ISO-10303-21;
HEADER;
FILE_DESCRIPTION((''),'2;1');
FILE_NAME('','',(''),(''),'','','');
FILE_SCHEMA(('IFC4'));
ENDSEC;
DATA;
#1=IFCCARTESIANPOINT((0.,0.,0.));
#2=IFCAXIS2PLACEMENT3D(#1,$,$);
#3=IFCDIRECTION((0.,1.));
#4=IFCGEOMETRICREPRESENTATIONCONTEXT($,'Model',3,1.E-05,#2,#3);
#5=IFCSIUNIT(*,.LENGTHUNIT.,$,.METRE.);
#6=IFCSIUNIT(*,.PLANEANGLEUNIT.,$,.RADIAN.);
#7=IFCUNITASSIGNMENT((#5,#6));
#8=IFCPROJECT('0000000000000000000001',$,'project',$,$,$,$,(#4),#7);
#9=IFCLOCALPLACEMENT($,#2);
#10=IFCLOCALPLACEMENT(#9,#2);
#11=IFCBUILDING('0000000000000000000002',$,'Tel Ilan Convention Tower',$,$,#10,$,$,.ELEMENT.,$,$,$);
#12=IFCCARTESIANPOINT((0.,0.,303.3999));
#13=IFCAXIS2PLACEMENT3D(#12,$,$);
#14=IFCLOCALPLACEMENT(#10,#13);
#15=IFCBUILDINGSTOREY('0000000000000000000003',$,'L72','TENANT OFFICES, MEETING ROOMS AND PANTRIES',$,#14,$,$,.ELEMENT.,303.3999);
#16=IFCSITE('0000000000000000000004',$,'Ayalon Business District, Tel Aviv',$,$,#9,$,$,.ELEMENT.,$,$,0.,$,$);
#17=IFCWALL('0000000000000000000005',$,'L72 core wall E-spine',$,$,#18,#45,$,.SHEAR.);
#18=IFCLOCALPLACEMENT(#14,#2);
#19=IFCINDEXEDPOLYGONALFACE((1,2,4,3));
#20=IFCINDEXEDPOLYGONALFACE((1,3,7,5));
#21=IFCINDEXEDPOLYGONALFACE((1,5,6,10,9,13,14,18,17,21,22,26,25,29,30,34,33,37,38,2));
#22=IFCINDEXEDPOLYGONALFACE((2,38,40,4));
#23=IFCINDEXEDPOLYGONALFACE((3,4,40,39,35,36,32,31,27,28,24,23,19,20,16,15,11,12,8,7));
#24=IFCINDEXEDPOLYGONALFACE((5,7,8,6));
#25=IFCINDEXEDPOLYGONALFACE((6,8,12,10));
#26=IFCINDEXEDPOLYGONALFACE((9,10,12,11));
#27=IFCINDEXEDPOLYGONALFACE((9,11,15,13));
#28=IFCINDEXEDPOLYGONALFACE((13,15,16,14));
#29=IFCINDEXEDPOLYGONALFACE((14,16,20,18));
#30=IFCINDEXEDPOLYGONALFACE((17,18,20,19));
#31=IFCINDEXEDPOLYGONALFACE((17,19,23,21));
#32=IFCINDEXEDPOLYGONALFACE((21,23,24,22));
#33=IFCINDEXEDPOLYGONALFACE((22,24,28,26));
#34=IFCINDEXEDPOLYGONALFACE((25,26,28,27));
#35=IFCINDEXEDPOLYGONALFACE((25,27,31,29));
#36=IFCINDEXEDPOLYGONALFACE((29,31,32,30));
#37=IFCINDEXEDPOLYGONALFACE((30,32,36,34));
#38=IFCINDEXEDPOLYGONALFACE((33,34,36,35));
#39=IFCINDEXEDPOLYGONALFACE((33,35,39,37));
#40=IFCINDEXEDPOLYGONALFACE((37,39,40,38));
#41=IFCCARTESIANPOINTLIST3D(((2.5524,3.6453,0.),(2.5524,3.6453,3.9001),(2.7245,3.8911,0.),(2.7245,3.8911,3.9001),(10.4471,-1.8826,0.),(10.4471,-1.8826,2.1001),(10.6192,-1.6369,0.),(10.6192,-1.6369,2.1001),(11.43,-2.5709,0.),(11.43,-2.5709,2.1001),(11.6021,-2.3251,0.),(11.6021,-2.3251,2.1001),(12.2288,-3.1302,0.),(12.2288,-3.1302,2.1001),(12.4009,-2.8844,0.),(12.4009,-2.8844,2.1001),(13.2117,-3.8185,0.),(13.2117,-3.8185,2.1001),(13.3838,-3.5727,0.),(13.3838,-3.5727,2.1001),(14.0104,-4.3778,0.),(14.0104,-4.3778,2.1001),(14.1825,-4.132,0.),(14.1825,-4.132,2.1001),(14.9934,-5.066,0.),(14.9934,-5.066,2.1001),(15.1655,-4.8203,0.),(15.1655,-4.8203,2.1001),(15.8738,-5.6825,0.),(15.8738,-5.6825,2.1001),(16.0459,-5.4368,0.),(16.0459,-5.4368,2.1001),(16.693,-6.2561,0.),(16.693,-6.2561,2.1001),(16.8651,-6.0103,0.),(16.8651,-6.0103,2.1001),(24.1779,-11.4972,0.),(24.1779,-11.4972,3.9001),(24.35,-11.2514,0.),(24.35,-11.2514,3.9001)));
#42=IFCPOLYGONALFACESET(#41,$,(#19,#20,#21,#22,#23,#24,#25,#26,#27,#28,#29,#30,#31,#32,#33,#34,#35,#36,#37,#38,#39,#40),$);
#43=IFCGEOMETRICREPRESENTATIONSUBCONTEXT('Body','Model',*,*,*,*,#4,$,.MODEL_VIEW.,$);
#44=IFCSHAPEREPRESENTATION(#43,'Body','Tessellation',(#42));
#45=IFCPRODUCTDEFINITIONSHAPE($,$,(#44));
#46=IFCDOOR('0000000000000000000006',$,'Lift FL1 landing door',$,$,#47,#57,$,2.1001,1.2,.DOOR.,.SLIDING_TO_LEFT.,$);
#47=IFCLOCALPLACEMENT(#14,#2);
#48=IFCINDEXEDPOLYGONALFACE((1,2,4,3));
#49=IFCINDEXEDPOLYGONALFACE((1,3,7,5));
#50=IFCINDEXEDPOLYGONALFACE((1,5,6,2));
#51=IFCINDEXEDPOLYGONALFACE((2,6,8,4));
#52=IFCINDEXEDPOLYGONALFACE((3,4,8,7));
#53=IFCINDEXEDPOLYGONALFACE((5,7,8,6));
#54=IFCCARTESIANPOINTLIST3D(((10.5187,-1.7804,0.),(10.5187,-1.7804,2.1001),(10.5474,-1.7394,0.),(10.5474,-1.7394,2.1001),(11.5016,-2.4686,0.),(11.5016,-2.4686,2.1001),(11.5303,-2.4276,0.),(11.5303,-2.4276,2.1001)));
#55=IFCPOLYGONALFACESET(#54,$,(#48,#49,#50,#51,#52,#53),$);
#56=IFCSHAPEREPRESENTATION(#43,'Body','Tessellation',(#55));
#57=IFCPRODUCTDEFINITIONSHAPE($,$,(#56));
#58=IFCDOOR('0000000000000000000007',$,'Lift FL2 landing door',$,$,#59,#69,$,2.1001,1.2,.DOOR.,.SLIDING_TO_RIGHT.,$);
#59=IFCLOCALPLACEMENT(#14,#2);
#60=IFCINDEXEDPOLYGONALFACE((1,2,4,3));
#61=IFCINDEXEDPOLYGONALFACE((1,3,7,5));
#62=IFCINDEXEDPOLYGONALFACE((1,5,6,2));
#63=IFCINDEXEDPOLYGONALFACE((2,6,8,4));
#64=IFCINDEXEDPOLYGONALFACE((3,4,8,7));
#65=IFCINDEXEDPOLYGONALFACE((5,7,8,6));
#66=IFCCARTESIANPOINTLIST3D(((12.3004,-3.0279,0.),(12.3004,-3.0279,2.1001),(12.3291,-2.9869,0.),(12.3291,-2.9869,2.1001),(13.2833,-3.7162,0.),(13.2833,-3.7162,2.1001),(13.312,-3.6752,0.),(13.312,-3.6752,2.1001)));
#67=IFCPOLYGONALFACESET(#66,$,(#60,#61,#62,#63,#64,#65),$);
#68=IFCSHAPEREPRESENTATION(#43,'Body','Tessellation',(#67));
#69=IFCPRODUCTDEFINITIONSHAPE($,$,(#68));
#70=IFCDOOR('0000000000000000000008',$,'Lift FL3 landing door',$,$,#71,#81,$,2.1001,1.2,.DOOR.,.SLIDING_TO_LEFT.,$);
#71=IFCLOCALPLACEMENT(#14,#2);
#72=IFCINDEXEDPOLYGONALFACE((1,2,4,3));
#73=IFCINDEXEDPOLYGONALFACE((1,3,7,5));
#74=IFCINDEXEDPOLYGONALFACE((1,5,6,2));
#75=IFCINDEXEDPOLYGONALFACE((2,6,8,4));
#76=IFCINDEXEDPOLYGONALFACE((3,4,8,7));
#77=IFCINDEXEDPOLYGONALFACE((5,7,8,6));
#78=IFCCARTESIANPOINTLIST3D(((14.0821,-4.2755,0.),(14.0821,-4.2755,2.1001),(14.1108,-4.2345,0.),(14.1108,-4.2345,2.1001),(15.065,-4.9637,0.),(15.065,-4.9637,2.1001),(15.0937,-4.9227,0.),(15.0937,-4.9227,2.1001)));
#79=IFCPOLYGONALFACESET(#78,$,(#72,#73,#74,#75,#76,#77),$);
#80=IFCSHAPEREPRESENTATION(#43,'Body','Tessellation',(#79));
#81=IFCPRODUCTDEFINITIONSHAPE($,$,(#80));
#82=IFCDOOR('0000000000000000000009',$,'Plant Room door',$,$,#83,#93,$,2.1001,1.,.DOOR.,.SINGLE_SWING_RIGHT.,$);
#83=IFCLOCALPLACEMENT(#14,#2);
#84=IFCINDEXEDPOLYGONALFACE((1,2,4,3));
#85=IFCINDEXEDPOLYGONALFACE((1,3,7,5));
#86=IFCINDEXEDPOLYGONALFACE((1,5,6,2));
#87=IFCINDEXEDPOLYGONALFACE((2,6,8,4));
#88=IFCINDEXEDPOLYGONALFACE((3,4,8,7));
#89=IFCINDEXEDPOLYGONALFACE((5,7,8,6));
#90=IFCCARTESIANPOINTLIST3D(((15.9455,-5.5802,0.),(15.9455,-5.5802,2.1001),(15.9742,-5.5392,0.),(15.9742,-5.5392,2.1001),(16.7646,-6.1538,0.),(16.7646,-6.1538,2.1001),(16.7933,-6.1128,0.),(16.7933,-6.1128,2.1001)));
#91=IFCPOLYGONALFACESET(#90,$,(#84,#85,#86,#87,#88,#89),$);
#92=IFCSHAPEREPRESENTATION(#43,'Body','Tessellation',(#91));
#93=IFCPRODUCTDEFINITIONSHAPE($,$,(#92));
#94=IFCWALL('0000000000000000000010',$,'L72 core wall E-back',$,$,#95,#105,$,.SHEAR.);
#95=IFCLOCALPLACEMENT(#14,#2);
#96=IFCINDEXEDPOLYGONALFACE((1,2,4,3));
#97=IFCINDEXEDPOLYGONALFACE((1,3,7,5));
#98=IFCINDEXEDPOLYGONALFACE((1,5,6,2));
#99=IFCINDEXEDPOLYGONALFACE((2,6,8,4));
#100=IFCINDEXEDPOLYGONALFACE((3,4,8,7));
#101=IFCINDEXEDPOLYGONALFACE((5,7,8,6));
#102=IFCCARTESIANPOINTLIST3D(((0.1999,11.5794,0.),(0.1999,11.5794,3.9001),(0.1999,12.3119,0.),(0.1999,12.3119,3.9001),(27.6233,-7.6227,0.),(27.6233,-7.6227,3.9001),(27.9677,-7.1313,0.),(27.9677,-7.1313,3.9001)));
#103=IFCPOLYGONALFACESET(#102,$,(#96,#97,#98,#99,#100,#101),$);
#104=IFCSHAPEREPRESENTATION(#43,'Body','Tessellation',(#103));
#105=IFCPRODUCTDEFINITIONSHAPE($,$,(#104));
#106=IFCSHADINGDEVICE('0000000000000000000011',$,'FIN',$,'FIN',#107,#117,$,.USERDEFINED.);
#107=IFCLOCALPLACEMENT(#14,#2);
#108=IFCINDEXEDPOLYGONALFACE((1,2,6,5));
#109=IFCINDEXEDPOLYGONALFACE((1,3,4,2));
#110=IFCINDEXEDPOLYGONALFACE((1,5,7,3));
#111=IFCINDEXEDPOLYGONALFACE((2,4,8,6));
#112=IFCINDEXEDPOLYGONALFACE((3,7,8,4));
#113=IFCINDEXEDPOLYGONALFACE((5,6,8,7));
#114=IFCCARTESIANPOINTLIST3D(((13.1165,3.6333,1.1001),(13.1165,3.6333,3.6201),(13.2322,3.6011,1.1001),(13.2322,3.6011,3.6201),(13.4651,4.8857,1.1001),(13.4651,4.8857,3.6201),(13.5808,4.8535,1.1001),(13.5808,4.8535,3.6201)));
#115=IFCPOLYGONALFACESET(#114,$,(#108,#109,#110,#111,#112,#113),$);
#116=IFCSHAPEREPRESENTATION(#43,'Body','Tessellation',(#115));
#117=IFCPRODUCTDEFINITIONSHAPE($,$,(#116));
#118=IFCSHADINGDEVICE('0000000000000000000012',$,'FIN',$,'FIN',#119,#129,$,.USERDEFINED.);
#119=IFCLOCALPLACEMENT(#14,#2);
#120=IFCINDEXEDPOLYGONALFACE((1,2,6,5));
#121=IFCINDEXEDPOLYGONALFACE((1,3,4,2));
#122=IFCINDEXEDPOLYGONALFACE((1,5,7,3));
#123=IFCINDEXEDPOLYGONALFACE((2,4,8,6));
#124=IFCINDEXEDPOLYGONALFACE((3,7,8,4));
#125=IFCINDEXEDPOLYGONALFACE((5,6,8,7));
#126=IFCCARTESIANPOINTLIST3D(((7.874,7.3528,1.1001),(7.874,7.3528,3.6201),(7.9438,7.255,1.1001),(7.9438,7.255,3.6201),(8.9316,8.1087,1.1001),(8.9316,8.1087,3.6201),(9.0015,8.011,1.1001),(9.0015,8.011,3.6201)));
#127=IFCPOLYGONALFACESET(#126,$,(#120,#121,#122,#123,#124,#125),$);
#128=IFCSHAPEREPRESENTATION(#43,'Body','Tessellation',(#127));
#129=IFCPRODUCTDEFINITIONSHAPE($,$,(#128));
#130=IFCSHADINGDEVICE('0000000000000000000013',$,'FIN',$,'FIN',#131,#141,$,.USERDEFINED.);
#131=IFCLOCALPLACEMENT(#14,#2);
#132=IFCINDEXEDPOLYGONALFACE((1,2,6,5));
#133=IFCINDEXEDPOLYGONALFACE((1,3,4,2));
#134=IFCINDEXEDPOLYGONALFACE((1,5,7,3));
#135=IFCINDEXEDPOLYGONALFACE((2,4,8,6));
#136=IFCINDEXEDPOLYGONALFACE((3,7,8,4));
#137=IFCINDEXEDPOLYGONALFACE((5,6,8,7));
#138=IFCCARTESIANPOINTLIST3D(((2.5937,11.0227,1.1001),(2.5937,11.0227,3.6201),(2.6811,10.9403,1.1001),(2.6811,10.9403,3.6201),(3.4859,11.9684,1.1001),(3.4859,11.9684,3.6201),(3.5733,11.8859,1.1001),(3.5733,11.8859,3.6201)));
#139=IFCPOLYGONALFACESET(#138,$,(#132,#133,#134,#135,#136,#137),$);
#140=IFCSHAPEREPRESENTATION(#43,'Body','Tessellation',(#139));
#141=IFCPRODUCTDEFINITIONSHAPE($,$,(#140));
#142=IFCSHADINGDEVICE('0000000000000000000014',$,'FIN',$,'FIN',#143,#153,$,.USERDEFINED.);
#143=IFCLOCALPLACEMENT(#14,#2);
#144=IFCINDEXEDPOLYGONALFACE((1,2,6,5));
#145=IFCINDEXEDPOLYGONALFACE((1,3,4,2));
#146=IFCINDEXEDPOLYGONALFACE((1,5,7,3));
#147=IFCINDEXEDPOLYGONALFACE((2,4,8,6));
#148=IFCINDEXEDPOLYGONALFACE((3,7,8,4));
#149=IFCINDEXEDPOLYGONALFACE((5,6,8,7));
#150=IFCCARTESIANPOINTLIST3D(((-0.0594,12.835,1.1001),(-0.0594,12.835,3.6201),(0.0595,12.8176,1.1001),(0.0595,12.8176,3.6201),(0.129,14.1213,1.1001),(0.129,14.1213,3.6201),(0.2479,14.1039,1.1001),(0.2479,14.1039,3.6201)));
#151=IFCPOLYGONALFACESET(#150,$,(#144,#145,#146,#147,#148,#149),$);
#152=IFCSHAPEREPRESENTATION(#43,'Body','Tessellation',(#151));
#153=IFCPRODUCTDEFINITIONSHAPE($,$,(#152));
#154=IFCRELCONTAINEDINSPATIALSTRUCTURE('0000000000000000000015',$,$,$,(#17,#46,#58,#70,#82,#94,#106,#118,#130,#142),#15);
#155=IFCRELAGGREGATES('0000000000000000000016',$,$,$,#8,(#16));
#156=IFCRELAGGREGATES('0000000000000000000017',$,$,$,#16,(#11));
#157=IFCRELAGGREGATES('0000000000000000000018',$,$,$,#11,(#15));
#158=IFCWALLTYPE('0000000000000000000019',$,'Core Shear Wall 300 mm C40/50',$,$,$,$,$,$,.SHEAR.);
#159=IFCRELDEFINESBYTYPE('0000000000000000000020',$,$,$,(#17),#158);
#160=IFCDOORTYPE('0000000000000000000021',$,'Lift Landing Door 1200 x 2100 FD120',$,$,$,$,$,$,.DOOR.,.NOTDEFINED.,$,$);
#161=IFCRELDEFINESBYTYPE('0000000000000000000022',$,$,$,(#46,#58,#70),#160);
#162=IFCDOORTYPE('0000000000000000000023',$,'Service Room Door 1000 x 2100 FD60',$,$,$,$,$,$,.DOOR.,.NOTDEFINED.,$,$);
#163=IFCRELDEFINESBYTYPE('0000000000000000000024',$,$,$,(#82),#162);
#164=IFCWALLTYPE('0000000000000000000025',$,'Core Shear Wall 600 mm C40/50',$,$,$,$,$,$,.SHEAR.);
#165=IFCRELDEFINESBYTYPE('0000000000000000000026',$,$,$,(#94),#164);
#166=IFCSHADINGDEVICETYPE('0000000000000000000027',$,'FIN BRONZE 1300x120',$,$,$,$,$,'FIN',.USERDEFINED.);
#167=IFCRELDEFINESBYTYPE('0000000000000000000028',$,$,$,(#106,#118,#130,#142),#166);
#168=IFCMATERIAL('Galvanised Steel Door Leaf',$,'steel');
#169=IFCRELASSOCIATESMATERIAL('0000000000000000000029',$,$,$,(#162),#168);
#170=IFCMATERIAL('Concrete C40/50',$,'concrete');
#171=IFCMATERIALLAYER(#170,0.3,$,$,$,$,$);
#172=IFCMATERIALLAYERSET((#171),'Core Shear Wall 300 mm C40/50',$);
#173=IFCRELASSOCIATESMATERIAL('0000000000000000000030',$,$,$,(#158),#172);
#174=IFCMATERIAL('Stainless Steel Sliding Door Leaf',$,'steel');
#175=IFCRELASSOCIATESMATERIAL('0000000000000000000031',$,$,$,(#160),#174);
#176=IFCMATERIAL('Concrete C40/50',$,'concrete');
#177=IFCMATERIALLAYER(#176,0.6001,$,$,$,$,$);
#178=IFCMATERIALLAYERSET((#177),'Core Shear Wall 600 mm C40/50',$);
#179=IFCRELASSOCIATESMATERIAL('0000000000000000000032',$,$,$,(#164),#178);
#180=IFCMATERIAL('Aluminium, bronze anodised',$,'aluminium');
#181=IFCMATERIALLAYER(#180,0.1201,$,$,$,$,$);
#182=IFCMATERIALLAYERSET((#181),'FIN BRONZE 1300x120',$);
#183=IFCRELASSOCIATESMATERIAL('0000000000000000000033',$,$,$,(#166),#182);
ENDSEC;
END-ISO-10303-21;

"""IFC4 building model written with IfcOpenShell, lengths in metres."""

from ifc_helpers import new_model, si_unit, direction, frame, frame_2d, origin, origin_2d, place, context, subcontext, project, spatial, polyline, rectangle, outline, extrude, material, layer, layer_set, type_object, element, fill, save


model = new_model("IFC4")

# Units and contexts
model_context = context("Model", 3, precision=1e-05, world=origin(), true_north=direction((0.0, 1.0)))
body_context = subcontext(model_context, "Body", "Model", "MODEL_VIEW")
ifc_project = project(units=[si_unit("LENGTHUNIT", "METRE"), si_unit("PLANEANGLEUNIT", "RADIAN")], contexts=[model_context])

# Site, building, storey
site_placement = place(None, origin())
site = spatial("IfcSite", under=ifc_project, at=site_placement, Name="Ayalon Business District, Tel Aviv", CompositionType="ELEMENT", RefElevation=0.0)
building_placement = place(site_placement, origin())
building = spatial("IfcBuilding", under=site, at=building_placement, Name="Tel Ilan Convention Tower", CompositionType="ELEMENT")
storey_placement = place(building_placement, frame((0.0, 0.0, 303.3999)))
storey = spatial("IfcBuildingStorey", under=building, at=storey_placement, Name="L72", Description="TENANT OFFICES, MEETING ROOMS AND PANTRIES", CompositionType="ELEMENT", Elevation=303.3999)

# Shared definitions
ifc_material_1 = material(Name="Galvanised Steel Door Leaf", Category="steel")
door_type_1 = type_object("IfcDoorType", Name="Service Room Door 1000 x 2100 FD60", OperationType="NOTDEFINED", PredefinedType="DOOR", material=ifc_material_1)

# Wall, openings, doors
ifc_material_2 = material(Name="Concrete C40/50", Category="concrete")
ifc_layer_1 = layer(ifc_material_2, 0.3)
ifc_layer_set_1 = layer_set([ifc_layer_1], Name="Core Shear Wall 300 mm C40/50")
wall_type_1 = type_object("IfcWallType", Name="Core Shear Wall 300 mm C40/50", PredefinedType="SHEAR", material=ifc_layer_set_1)
wall_1_placement = place(storey_placement, frame((2.6384, 3.7681, 0.0), z_axis=(0.0, 0.0, 1.0), x_axis=(0.819155, -0.573572, 0.0)))
wall_1 = element("IfcWall", 1, at=wall_1_placement, inside=storey, type_object=wall_type_1, Name="L72 core wall E-spine", PredefinedType="SHEAR", context=body_context, shape_type="SweptSolid", body=[
    extrude(outline(polyline([(0.0, 0.1501), (0.0, -0.1499), (26.3999, -0.1501), (26.3999, 0.1499), (0.0, 0.1501)])), origin(), (0.0, 0.0, 1.0), 3.9001),
])
opening_1_placement = place(wall_1_placement, frame((9.6375, 0.0, 0.0)))
opening_1 = element("IfcOpeningElement", 2, at=opening_1_placement, cuts=wall_1, PredefinedType="OPENING", context=body_context, shape_type="SweptSolid", body=[
    extrude(rectangle(XDim=1.2, YDim=2.1001, at=frame_2d((0.6001, 1.05))), frame((0.0, 0.1599, 0.0), z_axis=(0.0, -1.0, 0.0), x_axis=(1.0, 0.0, 0.0)), (0.0, 0.0, 1.0), 0.3201),
])
opening_2_placement = place(wall_1_placement, frame((11.8125, 0.0, 0.0)))
opening_2 = element("IfcOpeningElement", 3, at=opening_2_placement, cuts=wall_1, PredefinedType="OPENING", context=body_context, shape_type="SweptSolid", body=[
    extrude(rectangle(XDim=1.2, YDim=2.1001, at=frame_2d((0.6001, 1.05))), frame((0.0, 0.1599, 0.0), z_axis=(0.0, -1.0, 0.0), x_axis=(1.0, 0.0, 0.0)), (0.0, 0.0, 1.0), 0.3201),
])
opening_3_placement = place(wall_1_placement, frame((13.9875, 0.0, 0.0)))
opening_3 = element("IfcOpeningElement", 4, at=opening_3_placement, cuts=wall_1, PredefinedType="OPENING", context=body_context, shape_type="SweptSolid", body=[
    extrude(rectangle(XDim=1.2, YDim=2.1001, at=frame_2d((0.6001, 1.05))), frame((0.0, 0.1599, 0.0), z_axis=(0.0, -1.0, 0.0), x_axis=(1.0, 0.0, 0.0)), (0.0, 0.0, 1.0), 0.3201),
])
opening_4_placement = place(wall_1_placement, frame((16.2625, 0.0, 0.0)))
opening_4 = element("IfcOpeningElement", 5, at=opening_4_placement, cuts=wall_1, PredefinedType="OPENING", context=body_context, shape_type="SweptSolid", body=[
    extrude(rectangle(XDim=1.0, YDim=2.1001, at=frame_2d((0.5, 1.05))), frame((0.0, 0.1599, 0.0), z_axis=(0.0, -1.0, 0.0), x_axis=(1.0, 0.0, 0.0)), (0.0, 0.0, 1.0), 0.3201),
])
ifc_material_3 = material(Name="Stainless Steel Sliding Door Leaf", Category="steel")
door_type_2 = type_object("IfcDoorType", Name="Lift Landing Door 1200 x 2100 FD120", OperationType="NOTDEFINED", PredefinedType="DOOR", material=ifc_material_3)
door_1_placement = place(opening_1_placement, origin())
door_1 = element("IfcDoor", 6, at=door_1_placement, inside=storey, type_object=door_type_2, Name="Lift FL1 landing door", OperationType="SLIDING_TO_LEFT", OverallHeight=2.1001, OverallWidth=1.2, PredefinedType="DOOR", context=body_context, shape_type="SweptSolid", body=[
    extrude(rectangle(XDim=1.2, YDim=2.1001, at=frame_2d((0.6001, 1.05))), frame((0.0, 0.0249, 0.0), z_axis=(0.0, -1.0, 0.0), x_axis=(1.0, 0.0, 0.0)), (0.0, 0.0, 1.0), 0.05),
])
fill(opening_1, door_1)
door_2_placement = place(opening_2_placement, origin())
door_2 = element("IfcDoor", 7, at=door_2_placement, inside=storey, type_object=door_type_2, Name="Lift FL2 landing door", OperationType="SLIDING_TO_RIGHT", OverallHeight=2.1001, OverallWidth=1.2, PredefinedType="DOOR", context=body_context, shape_type="SweptSolid", body=[
    extrude(rectangle(XDim=1.2, YDim=2.1001, at=frame_2d((0.6001, 1.05))), frame((0.0, 0.0249, 0.0), z_axis=(0.0, -1.0, 0.0), x_axis=(1.0, 0.0, 0.0)), (0.0, 0.0, 1.0), 0.05),
])
fill(opening_2, door_2)
door_3_placement = place(opening_3_placement, origin())
door_3 = element("IfcDoor", 8, at=door_3_placement, inside=storey, type_object=door_type_2, Name="Lift FL3 landing door", OperationType="SLIDING_TO_LEFT", OverallHeight=2.1001, OverallWidth=1.2, PredefinedType="DOOR", context=body_context, shape_type="SweptSolid", body=[
    extrude(rectangle(XDim=1.2, YDim=2.1001, at=frame_2d((0.6001, 1.05))), frame((0.0, 0.0249, 0.0), z_axis=(0.0, -1.0, 0.0), x_axis=(1.0, 0.0, 0.0)), (0.0, 0.0, 1.0), 0.05),
])
fill(opening_3, door_3)
door_4_placement = place(opening_4_placement, origin())
door_4 = element("IfcDoor", 9, at=door_4_placement, inside=storey, type_object=door_type_1, Name="Plant Room door", OperationType="SINGLE_SWING_RIGHT", OverallHeight=2.1001, OverallWidth=1.0, PredefinedType="DOOR", context=body_context, shape_type="SweptSolid", body=[
    extrude(rectangle(XDim=1.0, YDim=2.1001, at=frame_2d((0.5, 1.05))), frame((0.0, 0.0249, 0.0), z_axis=(0.0, -1.0, 0.0), x_axis=(1.0, 0.0, 0.0)), (0.0, 0.0, 1.0), 0.05),
])
fill(opening_4, door_4)

# Wall
ifc_material_4 = material(Name="Concrete C40/50", Category="concrete")
ifc_layer_2 = layer(ifc_material_4, 0.6001)
ifc_layer_set_2 = layer_set([ifc_layer_2], Name="Core Shear Wall 600 mm C40/50")
wall_type_2 = type_object("IfcWallType", Name="Core Shear Wall 600 mm C40/50", PredefinedType="SHEAR", material=ifc_layer_set_2)
wall_2_placement = place(storey_placement, frame((0.0278, 12.0662, 0.0), z_axis=(0.0, 0.0, 1.0), x_axis=(0.819151, -0.573577, 0.0)))
element("IfcWall", 10, at=wall_2_placement, inside=storey, type_object=wall_type_2, Name="L72 core wall E-back", PredefinedType="SHEAR", context=body_context, shape_type="SweptSolid", body=[
    extrude(outline(polyline([(33.8982, 0.3), (0.0, 0.3), (0.4202, -0.3), (33.8979, -0.3), (33.8982, 0.3)])), origin(), (0.0, 0.0, 1.0), 3.9001),
])

# Shading devices
ifc_material_5 = material(Name="Aluminium, bronze anodised", Category="aluminium")
ifc_layer_3 = layer(ifc_material_5, 0.1201)
ifc_layer_set_3 = layer_set([ifc_layer_3], Name="FIN BRONZE 1300x120")
shading_device_type_1 = type_object("IfcShadingDeviceType", Name="FIN BRONZE 1300x120", ElementType="FIN", PredefinedType="USERDEFINED", material=ifc_layer_set_3)
for number, where, z_axis, x_axis, name in (
    (11, (13.3486, 4.2434, 1.1001), (0.0, 0.0, 1.0), (0.268173, 0.963371, 0.0), "FIN"),
    (12, (8.4377, 7.6819, 1.1001), (0.0, 0.0, 1.0), (0.813552, 0.581492, 0.0), "FIN"),
    (13, (3.0835, 11.4543, 1.1001), (0.0, 0.0, 1.0), (0.686242, 0.727374, 0.0), "FIN"),
    (14, (0.0942, 13.4695, 1.1001), (0.0, 0.0, 1.0), (0.144932, 0.989442, 0.0), "FIN"),
):
    element("IfcShadingDevice", number, at=place(storey_placement, frame(where, z_axis=z_axis, x_axis=x_axis)), inside=storey, type_object=shading_device_type_1, Name=name, ObjectType="FIN", PredefinedType="USERDEFINED", context=body_context, shape_type="SweptSolid", body=[
        extrude(rectangle(XDim=1.3, YDim=0.1201, at=origin_2d()), origin(), (0.0, 0.0, 1.0), 2.52),
    ])

save(model, "model.ifc")
